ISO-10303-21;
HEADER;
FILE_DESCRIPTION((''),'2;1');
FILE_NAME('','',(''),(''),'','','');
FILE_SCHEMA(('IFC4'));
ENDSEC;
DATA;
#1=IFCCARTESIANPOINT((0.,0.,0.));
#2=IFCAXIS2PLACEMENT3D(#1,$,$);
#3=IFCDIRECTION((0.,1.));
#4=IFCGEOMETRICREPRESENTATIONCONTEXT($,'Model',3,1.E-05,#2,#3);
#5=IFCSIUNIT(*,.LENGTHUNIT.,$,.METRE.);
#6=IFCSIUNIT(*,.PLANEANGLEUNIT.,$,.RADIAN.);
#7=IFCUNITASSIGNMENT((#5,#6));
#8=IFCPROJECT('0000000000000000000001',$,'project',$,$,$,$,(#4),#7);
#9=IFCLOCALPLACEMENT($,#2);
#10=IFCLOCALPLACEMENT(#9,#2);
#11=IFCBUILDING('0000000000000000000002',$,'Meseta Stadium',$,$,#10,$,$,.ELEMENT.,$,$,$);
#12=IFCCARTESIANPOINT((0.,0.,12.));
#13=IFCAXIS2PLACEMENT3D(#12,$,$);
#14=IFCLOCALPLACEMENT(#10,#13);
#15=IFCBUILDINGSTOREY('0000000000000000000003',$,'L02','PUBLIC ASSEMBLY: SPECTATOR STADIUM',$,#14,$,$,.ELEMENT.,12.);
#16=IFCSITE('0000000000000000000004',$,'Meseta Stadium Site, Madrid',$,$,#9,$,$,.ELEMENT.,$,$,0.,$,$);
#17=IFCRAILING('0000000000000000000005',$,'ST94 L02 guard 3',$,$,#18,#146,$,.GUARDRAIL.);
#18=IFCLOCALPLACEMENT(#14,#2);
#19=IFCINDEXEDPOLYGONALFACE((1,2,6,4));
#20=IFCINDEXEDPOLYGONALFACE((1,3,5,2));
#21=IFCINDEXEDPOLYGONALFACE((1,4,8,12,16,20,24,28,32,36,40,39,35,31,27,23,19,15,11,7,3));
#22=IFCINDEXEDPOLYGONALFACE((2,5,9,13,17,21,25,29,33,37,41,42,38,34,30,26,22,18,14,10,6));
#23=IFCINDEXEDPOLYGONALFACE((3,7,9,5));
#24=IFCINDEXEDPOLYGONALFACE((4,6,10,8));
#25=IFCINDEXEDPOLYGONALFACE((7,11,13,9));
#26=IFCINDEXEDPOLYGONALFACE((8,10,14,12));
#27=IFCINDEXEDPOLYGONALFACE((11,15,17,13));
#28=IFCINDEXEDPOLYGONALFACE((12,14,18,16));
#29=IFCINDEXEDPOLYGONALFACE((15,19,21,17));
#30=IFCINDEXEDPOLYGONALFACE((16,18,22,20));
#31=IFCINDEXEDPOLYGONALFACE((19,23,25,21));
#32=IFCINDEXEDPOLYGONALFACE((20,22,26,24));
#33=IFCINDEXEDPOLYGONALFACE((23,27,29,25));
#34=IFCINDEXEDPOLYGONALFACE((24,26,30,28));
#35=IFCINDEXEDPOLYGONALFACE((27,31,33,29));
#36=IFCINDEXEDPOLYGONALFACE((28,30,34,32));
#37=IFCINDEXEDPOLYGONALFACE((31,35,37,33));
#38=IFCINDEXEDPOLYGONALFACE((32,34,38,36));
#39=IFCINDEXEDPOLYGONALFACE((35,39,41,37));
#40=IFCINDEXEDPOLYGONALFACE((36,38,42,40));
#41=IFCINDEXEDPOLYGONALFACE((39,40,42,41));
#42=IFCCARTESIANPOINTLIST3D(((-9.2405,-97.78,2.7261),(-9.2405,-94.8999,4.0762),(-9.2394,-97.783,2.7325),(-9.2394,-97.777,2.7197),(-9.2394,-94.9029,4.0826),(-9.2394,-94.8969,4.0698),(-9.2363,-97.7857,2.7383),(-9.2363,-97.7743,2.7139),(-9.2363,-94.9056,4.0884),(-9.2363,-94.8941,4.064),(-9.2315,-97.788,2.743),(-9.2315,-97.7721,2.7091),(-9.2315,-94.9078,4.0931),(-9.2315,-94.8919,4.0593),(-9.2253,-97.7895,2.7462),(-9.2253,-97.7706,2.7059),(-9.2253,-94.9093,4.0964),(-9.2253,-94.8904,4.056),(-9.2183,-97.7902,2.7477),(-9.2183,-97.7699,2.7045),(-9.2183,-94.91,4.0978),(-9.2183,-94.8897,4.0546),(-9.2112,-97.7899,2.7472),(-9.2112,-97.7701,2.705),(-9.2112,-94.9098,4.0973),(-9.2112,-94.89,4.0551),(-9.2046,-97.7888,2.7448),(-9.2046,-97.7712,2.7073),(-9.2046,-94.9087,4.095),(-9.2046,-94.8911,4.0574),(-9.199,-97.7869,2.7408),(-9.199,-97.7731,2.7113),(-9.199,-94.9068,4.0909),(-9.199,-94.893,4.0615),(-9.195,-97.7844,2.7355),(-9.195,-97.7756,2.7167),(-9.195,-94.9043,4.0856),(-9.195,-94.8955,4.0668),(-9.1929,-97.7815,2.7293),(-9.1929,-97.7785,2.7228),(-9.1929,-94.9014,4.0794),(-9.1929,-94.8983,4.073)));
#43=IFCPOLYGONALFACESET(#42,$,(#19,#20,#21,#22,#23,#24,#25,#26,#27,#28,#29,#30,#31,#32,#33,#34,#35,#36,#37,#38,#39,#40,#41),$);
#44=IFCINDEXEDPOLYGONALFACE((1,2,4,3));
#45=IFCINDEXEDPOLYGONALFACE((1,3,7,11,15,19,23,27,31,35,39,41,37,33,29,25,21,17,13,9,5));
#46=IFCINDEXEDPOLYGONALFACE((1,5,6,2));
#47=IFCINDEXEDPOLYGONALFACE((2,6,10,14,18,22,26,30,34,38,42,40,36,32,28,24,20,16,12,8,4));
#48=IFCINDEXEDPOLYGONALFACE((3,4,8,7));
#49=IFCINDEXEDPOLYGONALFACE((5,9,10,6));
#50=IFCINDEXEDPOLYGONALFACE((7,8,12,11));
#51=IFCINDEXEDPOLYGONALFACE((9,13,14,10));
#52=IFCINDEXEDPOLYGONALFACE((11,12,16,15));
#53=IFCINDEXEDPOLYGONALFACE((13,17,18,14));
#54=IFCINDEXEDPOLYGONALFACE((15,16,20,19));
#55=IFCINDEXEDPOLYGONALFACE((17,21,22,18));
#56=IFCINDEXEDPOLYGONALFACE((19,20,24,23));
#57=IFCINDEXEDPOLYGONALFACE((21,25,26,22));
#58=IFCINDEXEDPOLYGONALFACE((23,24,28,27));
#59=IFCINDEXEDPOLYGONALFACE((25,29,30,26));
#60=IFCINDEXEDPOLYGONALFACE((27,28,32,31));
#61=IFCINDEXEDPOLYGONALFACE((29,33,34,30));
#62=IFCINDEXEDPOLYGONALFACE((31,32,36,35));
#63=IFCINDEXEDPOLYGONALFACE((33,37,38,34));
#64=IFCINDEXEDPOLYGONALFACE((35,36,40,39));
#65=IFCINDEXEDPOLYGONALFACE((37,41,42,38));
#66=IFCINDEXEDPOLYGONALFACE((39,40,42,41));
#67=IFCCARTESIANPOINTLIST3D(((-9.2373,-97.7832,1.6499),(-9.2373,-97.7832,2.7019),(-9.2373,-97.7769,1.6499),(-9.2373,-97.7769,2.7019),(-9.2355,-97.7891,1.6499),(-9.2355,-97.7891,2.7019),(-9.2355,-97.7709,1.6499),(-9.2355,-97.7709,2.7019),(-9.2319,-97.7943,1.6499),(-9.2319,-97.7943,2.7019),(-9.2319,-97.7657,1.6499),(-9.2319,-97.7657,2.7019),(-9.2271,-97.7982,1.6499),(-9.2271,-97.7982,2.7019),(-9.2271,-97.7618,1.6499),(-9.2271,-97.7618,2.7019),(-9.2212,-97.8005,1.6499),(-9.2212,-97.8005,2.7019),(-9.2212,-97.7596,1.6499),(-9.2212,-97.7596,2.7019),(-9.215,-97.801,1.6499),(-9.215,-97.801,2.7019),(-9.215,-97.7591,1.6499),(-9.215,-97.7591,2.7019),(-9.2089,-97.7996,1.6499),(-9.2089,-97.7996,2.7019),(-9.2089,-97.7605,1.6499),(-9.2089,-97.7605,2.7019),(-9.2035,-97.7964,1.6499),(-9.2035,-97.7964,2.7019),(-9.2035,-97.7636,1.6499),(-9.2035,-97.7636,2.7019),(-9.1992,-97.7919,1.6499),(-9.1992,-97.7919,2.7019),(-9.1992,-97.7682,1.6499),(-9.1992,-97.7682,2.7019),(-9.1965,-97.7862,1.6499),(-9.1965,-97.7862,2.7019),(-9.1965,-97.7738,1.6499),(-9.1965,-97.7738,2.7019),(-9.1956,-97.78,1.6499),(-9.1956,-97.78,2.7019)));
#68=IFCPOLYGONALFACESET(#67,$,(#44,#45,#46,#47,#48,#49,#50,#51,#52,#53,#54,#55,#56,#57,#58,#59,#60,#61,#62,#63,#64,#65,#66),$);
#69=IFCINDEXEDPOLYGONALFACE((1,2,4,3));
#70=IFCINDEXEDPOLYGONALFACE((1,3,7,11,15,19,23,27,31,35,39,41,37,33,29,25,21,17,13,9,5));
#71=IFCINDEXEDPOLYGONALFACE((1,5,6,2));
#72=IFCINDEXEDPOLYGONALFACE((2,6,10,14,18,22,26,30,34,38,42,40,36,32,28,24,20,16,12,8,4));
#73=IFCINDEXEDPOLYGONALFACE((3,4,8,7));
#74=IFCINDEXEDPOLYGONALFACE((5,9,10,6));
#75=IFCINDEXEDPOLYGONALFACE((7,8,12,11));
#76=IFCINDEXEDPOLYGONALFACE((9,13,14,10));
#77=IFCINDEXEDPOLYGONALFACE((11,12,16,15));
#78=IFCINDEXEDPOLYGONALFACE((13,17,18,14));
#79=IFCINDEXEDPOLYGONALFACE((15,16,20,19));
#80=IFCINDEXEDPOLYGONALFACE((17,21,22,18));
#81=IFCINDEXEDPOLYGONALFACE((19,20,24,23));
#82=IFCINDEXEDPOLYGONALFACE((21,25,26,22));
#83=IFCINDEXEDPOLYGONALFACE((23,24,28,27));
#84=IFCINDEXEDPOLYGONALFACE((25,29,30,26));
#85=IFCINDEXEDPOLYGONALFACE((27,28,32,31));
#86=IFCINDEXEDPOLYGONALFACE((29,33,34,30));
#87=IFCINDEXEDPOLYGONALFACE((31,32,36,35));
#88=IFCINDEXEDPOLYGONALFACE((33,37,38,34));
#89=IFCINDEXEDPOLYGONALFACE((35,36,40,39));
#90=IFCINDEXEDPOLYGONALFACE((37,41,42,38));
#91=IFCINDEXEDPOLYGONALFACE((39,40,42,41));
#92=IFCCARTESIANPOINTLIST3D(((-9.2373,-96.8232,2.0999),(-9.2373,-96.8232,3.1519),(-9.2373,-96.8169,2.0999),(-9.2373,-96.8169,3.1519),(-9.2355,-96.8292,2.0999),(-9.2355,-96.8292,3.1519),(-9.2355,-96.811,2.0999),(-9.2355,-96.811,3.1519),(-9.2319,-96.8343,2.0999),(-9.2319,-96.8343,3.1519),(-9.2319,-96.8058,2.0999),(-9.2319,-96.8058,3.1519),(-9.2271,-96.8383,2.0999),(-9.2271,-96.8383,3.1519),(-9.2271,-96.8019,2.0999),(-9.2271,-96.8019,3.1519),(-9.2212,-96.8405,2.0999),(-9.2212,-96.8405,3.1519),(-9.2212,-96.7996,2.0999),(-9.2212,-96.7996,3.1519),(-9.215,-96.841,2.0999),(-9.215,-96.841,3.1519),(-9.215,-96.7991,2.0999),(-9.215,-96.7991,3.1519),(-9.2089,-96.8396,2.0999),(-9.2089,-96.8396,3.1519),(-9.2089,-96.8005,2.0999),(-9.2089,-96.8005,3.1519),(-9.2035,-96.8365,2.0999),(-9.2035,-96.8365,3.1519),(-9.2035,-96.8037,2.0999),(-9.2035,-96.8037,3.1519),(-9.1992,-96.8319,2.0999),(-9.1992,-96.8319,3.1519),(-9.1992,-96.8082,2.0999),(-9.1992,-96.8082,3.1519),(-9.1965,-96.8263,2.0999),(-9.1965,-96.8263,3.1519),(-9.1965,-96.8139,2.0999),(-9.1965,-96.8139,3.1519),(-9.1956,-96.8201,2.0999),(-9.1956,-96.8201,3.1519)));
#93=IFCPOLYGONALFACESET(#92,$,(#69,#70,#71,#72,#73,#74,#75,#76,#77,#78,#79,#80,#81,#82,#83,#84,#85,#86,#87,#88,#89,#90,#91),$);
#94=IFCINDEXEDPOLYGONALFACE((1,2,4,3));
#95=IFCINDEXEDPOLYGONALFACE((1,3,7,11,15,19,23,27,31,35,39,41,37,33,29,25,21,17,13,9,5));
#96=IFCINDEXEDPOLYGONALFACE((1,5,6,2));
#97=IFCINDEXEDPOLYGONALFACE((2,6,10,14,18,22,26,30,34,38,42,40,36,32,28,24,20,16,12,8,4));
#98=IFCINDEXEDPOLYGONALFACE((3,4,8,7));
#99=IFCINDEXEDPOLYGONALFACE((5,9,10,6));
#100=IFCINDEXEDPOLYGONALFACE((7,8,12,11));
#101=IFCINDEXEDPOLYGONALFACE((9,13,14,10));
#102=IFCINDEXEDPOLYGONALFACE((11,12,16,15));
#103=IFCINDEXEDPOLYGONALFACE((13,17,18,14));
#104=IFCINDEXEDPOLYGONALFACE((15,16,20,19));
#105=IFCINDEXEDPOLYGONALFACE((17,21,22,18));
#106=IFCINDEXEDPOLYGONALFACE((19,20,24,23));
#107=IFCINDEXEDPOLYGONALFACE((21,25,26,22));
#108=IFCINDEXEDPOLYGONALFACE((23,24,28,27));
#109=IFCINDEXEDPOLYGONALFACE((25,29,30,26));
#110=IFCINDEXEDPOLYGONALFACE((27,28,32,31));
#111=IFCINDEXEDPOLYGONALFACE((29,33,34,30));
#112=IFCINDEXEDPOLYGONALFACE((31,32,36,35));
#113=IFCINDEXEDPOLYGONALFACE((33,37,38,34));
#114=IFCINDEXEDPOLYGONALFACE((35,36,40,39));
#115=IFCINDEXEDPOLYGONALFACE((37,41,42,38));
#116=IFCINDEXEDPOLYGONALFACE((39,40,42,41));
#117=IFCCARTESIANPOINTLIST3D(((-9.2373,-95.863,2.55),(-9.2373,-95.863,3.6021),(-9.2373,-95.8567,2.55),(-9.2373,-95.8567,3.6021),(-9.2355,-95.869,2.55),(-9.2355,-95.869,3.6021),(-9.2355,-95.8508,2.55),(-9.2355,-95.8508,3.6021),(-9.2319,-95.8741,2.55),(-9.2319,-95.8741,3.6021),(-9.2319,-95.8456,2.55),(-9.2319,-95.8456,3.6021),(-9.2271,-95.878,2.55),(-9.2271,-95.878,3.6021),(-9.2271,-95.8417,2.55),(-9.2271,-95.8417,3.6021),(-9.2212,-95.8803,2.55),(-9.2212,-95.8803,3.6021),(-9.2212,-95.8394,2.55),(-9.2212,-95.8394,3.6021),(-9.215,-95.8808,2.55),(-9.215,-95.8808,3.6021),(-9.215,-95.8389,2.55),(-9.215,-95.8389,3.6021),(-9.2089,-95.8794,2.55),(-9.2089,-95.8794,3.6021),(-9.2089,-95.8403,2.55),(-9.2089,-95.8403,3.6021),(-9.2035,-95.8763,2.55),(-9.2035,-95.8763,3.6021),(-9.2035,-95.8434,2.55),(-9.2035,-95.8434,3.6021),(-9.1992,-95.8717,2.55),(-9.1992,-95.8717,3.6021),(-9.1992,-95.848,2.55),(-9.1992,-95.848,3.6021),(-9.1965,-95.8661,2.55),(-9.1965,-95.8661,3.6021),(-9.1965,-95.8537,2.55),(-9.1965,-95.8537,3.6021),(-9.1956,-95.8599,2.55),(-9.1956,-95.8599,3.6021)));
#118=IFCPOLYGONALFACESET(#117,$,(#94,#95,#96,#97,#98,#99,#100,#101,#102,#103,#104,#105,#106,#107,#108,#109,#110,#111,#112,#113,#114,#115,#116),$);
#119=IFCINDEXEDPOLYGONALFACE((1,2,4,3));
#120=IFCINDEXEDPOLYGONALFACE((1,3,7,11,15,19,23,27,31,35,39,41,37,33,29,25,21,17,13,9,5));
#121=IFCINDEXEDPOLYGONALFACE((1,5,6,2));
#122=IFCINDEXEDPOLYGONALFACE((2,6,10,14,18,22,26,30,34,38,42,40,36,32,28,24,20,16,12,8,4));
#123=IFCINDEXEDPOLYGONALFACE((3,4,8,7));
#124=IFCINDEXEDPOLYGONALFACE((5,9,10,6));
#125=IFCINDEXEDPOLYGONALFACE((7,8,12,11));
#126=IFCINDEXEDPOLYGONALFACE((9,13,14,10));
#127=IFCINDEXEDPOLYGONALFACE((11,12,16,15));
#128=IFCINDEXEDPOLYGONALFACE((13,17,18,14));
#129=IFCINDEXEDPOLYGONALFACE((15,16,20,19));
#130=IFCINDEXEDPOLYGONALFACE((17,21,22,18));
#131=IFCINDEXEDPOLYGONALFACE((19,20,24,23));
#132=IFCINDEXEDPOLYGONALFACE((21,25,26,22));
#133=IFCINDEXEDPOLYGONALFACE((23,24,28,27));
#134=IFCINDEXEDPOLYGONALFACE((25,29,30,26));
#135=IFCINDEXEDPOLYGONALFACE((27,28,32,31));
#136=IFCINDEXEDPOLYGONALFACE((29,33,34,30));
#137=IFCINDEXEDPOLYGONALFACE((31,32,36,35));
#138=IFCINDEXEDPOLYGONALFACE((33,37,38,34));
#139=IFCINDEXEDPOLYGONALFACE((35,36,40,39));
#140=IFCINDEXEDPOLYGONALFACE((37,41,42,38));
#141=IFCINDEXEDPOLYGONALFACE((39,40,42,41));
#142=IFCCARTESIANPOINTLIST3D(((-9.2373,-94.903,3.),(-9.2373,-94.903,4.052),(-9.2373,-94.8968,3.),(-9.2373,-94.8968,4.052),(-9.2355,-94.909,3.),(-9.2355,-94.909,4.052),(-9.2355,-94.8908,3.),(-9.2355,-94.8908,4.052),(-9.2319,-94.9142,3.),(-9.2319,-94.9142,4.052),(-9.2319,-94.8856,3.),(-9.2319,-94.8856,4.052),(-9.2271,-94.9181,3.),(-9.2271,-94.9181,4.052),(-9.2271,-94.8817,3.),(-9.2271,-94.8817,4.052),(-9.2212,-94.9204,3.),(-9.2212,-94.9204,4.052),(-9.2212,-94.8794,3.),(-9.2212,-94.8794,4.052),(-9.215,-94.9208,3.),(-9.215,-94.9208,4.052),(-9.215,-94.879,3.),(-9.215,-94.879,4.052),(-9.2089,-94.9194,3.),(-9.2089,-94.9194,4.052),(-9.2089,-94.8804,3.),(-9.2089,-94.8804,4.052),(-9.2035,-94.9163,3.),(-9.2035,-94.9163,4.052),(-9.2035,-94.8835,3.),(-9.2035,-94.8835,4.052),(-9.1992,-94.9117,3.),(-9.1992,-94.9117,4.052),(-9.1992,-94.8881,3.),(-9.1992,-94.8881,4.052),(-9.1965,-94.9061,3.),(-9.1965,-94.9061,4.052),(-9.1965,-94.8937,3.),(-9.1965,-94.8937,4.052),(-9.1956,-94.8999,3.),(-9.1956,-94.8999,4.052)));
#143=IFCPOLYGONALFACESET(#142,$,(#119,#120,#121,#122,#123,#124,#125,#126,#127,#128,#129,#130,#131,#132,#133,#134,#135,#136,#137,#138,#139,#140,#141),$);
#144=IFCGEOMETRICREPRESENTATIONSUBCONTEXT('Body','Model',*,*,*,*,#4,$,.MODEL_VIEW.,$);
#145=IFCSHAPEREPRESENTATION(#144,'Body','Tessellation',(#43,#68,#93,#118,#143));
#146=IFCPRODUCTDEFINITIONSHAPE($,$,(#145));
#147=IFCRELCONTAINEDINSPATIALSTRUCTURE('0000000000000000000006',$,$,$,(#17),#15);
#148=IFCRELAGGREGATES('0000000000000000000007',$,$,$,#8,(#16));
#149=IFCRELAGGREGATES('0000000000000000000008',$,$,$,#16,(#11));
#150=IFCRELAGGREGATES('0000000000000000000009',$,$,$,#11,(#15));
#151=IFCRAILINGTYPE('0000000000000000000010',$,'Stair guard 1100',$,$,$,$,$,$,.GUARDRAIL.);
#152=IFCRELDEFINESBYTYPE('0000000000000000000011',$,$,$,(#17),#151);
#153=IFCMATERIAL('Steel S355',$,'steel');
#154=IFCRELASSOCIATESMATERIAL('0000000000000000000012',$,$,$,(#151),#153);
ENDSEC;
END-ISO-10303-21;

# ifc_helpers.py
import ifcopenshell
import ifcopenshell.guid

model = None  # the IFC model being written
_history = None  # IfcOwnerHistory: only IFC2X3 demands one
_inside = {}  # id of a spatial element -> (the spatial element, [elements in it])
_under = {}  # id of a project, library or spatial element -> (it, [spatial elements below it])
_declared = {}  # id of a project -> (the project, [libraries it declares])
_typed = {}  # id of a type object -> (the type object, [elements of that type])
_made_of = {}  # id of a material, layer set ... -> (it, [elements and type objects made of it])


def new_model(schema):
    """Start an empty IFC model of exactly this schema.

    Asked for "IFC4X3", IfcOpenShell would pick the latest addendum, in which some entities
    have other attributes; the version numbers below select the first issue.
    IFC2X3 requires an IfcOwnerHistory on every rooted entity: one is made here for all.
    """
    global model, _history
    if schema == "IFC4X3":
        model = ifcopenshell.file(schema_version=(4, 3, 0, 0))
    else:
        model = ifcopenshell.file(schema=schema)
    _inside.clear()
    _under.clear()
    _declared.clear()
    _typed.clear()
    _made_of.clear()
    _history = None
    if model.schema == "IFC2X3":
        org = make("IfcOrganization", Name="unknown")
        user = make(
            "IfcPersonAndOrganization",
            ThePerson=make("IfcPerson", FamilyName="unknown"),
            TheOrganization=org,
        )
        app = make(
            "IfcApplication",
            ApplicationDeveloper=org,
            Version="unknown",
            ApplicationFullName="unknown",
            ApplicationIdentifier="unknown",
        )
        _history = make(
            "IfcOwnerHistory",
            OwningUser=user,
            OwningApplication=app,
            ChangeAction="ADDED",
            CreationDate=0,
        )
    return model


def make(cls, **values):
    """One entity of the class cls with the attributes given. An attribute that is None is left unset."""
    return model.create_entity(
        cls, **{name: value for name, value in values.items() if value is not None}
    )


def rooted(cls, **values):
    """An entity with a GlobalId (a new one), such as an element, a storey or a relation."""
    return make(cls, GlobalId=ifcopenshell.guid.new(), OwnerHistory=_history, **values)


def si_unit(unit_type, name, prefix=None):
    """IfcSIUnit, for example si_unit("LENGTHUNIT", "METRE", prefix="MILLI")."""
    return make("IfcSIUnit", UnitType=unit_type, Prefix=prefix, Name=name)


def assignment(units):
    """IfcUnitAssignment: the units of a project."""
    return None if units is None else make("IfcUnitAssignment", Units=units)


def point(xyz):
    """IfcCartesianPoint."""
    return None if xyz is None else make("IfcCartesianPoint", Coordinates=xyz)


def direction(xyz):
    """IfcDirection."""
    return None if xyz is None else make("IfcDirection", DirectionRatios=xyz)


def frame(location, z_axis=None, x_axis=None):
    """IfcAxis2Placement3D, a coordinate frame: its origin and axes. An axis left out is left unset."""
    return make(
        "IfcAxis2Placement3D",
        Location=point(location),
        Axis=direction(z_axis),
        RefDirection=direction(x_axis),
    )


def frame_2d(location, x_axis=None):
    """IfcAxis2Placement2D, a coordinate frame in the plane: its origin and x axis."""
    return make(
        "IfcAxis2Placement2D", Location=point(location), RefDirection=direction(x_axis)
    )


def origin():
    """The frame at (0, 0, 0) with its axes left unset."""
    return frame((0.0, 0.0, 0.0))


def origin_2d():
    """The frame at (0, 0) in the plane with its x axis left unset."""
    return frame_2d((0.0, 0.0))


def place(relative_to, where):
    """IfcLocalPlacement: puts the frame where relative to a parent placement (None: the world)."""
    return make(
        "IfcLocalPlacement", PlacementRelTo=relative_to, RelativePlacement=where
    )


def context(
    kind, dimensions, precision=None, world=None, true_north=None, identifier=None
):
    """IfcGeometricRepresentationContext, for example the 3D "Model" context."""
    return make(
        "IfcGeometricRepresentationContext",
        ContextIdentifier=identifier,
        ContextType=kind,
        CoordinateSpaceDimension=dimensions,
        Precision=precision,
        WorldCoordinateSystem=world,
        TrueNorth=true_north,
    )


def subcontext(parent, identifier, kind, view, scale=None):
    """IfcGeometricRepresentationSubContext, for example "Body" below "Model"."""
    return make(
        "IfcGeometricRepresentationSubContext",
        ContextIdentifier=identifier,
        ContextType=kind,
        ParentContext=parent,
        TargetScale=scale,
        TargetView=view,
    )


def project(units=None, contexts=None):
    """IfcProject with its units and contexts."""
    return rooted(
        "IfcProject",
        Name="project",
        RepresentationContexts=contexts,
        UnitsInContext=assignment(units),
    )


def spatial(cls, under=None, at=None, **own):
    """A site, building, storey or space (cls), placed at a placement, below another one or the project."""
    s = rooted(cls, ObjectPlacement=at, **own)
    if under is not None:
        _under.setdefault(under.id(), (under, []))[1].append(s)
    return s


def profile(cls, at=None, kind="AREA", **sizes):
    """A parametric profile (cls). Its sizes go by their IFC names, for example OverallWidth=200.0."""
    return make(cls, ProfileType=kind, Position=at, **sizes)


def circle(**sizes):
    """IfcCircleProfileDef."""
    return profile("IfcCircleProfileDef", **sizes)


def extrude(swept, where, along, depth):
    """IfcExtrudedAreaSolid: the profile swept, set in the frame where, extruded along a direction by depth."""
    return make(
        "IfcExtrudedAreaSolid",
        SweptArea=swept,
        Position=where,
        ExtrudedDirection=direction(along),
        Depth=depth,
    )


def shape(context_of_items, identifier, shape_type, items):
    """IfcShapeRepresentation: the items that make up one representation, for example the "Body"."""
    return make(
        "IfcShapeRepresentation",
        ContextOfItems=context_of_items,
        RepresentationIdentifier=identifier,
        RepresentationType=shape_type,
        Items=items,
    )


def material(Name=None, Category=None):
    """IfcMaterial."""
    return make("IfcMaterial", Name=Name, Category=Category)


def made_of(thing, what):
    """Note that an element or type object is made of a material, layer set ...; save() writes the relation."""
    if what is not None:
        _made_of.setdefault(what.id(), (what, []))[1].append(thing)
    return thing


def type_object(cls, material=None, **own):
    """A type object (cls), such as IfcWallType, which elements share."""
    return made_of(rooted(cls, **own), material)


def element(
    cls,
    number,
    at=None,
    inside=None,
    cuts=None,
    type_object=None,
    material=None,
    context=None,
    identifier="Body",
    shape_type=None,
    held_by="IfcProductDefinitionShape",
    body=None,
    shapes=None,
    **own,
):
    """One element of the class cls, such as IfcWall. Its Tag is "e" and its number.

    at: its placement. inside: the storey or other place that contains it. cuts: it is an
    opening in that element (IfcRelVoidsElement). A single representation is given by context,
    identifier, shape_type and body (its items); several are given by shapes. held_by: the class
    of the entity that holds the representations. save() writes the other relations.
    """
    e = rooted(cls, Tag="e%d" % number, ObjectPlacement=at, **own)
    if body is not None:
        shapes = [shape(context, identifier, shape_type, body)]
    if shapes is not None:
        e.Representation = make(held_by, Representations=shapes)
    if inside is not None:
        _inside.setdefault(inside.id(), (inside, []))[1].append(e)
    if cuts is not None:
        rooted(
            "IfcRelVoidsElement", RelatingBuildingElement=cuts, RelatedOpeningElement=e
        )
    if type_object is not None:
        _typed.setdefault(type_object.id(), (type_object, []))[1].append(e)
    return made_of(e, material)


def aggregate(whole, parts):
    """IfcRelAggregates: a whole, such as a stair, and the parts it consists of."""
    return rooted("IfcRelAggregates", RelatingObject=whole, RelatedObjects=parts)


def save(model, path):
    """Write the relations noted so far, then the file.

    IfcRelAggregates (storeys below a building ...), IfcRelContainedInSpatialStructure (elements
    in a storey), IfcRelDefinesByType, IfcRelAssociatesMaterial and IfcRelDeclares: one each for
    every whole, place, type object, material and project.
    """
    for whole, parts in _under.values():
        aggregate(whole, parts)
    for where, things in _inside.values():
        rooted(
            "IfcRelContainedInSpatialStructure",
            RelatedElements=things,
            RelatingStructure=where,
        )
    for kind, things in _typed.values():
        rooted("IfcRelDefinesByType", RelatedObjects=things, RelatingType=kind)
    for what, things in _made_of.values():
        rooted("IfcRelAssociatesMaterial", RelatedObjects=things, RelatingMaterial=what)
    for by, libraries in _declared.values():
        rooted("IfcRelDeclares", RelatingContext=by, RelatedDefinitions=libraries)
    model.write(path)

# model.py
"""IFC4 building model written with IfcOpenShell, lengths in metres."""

from ifc_helpers import new_model, si_unit, direction, frame, origin, origin_2d, place, context, subcontext, project, spatial, circle, extrude, material, type_object, element, save


model = new_model("IFC4")

# Units and contexts
model_context = context("Model", 3, precision=1e-05, world=origin(), true_north=direction((0.0, 1.0)))
body_context = subcontext(model_context, "Body", "Model", "MODEL_VIEW")
ifc_project = project(units=[si_unit("LENGTHUNIT", "METRE"), si_unit("PLANEANGLEUNIT", "RADIAN")], contexts=[model_context])

# Site, building, storey
site_placement = place(None, origin())
site = spatial("IfcSite", under=ifc_project, at=site_placement, Name="Meseta Stadium Site, Madrid", CompositionType="ELEMENT", RefElevation=0.0)
building_placement = place(site_placement, origin())
building = spatial("IfcBuilding", under=site, at=building_placement, Name="Meseta Stadium", CompositionType="ELEMENT")
storey_placement = place(building_placement, frame((0.0, 0.0, 12.0)))
storey = spatial("IfcBuildingStorey", under=building, at=storey_placement, Name="L02", Description="PUBLIC ASSEMBLY: SPECTATOR STADIUM", CompositionType="ELEMENT", Elevation=12.0)

# Railing
ifc_material_1 = material(Name="Steel S355", Category="steel")
railing_type_1 = type_object("IfcRailingType", Name="Stair guard 1100", PredefinedType="GUARDRAIL", material=ifc_material_1)
railing_1_placement = place(storey_placement, frame((-9.2166, -97.78, 1.6499)))
element("IfcRailing", 1, at=railing_1_placement, inside=storey, type_object=railing_type_1, Name="ST94 L02 guard 3", PredefinedType="GUARDRAIL", context=body_context, shape_type="SweptSolid", body=[
    extrude(circle(Radius=0.0239, at=origin_2d()), frame((0.0, 0.0, 1.0762), z_axis=(0.0, 0.905454, 0.424444), x_axis=(-1.0, 0.0, 0.0)), (0.0, 0.0, 1.0), 3.1809),
    extrude(circle(Radius=0.021, at=origin_2d()), origin(), (0.0, 0.0, 1.0), 1.052),
    extrude(circle(Radius=0.021, at=origin_2d()), frame((0.0, 0.96, 0.45)), (0.0, 0.0, 1.0), 1.052),
    extrude(circle(Radius=0.021, at=origin_2d()), frame((0.0, 1.9202, 0.9001)), (0.0, 0.0, 1.0), 1.052),
    extrude(circle(Radius=0.021, at=origin_2d()), frame((0.0, 2.8801, 1.3501)), (0.0, 0.0, 1.0), 1.052),
])

save(model, "model.ifc")
